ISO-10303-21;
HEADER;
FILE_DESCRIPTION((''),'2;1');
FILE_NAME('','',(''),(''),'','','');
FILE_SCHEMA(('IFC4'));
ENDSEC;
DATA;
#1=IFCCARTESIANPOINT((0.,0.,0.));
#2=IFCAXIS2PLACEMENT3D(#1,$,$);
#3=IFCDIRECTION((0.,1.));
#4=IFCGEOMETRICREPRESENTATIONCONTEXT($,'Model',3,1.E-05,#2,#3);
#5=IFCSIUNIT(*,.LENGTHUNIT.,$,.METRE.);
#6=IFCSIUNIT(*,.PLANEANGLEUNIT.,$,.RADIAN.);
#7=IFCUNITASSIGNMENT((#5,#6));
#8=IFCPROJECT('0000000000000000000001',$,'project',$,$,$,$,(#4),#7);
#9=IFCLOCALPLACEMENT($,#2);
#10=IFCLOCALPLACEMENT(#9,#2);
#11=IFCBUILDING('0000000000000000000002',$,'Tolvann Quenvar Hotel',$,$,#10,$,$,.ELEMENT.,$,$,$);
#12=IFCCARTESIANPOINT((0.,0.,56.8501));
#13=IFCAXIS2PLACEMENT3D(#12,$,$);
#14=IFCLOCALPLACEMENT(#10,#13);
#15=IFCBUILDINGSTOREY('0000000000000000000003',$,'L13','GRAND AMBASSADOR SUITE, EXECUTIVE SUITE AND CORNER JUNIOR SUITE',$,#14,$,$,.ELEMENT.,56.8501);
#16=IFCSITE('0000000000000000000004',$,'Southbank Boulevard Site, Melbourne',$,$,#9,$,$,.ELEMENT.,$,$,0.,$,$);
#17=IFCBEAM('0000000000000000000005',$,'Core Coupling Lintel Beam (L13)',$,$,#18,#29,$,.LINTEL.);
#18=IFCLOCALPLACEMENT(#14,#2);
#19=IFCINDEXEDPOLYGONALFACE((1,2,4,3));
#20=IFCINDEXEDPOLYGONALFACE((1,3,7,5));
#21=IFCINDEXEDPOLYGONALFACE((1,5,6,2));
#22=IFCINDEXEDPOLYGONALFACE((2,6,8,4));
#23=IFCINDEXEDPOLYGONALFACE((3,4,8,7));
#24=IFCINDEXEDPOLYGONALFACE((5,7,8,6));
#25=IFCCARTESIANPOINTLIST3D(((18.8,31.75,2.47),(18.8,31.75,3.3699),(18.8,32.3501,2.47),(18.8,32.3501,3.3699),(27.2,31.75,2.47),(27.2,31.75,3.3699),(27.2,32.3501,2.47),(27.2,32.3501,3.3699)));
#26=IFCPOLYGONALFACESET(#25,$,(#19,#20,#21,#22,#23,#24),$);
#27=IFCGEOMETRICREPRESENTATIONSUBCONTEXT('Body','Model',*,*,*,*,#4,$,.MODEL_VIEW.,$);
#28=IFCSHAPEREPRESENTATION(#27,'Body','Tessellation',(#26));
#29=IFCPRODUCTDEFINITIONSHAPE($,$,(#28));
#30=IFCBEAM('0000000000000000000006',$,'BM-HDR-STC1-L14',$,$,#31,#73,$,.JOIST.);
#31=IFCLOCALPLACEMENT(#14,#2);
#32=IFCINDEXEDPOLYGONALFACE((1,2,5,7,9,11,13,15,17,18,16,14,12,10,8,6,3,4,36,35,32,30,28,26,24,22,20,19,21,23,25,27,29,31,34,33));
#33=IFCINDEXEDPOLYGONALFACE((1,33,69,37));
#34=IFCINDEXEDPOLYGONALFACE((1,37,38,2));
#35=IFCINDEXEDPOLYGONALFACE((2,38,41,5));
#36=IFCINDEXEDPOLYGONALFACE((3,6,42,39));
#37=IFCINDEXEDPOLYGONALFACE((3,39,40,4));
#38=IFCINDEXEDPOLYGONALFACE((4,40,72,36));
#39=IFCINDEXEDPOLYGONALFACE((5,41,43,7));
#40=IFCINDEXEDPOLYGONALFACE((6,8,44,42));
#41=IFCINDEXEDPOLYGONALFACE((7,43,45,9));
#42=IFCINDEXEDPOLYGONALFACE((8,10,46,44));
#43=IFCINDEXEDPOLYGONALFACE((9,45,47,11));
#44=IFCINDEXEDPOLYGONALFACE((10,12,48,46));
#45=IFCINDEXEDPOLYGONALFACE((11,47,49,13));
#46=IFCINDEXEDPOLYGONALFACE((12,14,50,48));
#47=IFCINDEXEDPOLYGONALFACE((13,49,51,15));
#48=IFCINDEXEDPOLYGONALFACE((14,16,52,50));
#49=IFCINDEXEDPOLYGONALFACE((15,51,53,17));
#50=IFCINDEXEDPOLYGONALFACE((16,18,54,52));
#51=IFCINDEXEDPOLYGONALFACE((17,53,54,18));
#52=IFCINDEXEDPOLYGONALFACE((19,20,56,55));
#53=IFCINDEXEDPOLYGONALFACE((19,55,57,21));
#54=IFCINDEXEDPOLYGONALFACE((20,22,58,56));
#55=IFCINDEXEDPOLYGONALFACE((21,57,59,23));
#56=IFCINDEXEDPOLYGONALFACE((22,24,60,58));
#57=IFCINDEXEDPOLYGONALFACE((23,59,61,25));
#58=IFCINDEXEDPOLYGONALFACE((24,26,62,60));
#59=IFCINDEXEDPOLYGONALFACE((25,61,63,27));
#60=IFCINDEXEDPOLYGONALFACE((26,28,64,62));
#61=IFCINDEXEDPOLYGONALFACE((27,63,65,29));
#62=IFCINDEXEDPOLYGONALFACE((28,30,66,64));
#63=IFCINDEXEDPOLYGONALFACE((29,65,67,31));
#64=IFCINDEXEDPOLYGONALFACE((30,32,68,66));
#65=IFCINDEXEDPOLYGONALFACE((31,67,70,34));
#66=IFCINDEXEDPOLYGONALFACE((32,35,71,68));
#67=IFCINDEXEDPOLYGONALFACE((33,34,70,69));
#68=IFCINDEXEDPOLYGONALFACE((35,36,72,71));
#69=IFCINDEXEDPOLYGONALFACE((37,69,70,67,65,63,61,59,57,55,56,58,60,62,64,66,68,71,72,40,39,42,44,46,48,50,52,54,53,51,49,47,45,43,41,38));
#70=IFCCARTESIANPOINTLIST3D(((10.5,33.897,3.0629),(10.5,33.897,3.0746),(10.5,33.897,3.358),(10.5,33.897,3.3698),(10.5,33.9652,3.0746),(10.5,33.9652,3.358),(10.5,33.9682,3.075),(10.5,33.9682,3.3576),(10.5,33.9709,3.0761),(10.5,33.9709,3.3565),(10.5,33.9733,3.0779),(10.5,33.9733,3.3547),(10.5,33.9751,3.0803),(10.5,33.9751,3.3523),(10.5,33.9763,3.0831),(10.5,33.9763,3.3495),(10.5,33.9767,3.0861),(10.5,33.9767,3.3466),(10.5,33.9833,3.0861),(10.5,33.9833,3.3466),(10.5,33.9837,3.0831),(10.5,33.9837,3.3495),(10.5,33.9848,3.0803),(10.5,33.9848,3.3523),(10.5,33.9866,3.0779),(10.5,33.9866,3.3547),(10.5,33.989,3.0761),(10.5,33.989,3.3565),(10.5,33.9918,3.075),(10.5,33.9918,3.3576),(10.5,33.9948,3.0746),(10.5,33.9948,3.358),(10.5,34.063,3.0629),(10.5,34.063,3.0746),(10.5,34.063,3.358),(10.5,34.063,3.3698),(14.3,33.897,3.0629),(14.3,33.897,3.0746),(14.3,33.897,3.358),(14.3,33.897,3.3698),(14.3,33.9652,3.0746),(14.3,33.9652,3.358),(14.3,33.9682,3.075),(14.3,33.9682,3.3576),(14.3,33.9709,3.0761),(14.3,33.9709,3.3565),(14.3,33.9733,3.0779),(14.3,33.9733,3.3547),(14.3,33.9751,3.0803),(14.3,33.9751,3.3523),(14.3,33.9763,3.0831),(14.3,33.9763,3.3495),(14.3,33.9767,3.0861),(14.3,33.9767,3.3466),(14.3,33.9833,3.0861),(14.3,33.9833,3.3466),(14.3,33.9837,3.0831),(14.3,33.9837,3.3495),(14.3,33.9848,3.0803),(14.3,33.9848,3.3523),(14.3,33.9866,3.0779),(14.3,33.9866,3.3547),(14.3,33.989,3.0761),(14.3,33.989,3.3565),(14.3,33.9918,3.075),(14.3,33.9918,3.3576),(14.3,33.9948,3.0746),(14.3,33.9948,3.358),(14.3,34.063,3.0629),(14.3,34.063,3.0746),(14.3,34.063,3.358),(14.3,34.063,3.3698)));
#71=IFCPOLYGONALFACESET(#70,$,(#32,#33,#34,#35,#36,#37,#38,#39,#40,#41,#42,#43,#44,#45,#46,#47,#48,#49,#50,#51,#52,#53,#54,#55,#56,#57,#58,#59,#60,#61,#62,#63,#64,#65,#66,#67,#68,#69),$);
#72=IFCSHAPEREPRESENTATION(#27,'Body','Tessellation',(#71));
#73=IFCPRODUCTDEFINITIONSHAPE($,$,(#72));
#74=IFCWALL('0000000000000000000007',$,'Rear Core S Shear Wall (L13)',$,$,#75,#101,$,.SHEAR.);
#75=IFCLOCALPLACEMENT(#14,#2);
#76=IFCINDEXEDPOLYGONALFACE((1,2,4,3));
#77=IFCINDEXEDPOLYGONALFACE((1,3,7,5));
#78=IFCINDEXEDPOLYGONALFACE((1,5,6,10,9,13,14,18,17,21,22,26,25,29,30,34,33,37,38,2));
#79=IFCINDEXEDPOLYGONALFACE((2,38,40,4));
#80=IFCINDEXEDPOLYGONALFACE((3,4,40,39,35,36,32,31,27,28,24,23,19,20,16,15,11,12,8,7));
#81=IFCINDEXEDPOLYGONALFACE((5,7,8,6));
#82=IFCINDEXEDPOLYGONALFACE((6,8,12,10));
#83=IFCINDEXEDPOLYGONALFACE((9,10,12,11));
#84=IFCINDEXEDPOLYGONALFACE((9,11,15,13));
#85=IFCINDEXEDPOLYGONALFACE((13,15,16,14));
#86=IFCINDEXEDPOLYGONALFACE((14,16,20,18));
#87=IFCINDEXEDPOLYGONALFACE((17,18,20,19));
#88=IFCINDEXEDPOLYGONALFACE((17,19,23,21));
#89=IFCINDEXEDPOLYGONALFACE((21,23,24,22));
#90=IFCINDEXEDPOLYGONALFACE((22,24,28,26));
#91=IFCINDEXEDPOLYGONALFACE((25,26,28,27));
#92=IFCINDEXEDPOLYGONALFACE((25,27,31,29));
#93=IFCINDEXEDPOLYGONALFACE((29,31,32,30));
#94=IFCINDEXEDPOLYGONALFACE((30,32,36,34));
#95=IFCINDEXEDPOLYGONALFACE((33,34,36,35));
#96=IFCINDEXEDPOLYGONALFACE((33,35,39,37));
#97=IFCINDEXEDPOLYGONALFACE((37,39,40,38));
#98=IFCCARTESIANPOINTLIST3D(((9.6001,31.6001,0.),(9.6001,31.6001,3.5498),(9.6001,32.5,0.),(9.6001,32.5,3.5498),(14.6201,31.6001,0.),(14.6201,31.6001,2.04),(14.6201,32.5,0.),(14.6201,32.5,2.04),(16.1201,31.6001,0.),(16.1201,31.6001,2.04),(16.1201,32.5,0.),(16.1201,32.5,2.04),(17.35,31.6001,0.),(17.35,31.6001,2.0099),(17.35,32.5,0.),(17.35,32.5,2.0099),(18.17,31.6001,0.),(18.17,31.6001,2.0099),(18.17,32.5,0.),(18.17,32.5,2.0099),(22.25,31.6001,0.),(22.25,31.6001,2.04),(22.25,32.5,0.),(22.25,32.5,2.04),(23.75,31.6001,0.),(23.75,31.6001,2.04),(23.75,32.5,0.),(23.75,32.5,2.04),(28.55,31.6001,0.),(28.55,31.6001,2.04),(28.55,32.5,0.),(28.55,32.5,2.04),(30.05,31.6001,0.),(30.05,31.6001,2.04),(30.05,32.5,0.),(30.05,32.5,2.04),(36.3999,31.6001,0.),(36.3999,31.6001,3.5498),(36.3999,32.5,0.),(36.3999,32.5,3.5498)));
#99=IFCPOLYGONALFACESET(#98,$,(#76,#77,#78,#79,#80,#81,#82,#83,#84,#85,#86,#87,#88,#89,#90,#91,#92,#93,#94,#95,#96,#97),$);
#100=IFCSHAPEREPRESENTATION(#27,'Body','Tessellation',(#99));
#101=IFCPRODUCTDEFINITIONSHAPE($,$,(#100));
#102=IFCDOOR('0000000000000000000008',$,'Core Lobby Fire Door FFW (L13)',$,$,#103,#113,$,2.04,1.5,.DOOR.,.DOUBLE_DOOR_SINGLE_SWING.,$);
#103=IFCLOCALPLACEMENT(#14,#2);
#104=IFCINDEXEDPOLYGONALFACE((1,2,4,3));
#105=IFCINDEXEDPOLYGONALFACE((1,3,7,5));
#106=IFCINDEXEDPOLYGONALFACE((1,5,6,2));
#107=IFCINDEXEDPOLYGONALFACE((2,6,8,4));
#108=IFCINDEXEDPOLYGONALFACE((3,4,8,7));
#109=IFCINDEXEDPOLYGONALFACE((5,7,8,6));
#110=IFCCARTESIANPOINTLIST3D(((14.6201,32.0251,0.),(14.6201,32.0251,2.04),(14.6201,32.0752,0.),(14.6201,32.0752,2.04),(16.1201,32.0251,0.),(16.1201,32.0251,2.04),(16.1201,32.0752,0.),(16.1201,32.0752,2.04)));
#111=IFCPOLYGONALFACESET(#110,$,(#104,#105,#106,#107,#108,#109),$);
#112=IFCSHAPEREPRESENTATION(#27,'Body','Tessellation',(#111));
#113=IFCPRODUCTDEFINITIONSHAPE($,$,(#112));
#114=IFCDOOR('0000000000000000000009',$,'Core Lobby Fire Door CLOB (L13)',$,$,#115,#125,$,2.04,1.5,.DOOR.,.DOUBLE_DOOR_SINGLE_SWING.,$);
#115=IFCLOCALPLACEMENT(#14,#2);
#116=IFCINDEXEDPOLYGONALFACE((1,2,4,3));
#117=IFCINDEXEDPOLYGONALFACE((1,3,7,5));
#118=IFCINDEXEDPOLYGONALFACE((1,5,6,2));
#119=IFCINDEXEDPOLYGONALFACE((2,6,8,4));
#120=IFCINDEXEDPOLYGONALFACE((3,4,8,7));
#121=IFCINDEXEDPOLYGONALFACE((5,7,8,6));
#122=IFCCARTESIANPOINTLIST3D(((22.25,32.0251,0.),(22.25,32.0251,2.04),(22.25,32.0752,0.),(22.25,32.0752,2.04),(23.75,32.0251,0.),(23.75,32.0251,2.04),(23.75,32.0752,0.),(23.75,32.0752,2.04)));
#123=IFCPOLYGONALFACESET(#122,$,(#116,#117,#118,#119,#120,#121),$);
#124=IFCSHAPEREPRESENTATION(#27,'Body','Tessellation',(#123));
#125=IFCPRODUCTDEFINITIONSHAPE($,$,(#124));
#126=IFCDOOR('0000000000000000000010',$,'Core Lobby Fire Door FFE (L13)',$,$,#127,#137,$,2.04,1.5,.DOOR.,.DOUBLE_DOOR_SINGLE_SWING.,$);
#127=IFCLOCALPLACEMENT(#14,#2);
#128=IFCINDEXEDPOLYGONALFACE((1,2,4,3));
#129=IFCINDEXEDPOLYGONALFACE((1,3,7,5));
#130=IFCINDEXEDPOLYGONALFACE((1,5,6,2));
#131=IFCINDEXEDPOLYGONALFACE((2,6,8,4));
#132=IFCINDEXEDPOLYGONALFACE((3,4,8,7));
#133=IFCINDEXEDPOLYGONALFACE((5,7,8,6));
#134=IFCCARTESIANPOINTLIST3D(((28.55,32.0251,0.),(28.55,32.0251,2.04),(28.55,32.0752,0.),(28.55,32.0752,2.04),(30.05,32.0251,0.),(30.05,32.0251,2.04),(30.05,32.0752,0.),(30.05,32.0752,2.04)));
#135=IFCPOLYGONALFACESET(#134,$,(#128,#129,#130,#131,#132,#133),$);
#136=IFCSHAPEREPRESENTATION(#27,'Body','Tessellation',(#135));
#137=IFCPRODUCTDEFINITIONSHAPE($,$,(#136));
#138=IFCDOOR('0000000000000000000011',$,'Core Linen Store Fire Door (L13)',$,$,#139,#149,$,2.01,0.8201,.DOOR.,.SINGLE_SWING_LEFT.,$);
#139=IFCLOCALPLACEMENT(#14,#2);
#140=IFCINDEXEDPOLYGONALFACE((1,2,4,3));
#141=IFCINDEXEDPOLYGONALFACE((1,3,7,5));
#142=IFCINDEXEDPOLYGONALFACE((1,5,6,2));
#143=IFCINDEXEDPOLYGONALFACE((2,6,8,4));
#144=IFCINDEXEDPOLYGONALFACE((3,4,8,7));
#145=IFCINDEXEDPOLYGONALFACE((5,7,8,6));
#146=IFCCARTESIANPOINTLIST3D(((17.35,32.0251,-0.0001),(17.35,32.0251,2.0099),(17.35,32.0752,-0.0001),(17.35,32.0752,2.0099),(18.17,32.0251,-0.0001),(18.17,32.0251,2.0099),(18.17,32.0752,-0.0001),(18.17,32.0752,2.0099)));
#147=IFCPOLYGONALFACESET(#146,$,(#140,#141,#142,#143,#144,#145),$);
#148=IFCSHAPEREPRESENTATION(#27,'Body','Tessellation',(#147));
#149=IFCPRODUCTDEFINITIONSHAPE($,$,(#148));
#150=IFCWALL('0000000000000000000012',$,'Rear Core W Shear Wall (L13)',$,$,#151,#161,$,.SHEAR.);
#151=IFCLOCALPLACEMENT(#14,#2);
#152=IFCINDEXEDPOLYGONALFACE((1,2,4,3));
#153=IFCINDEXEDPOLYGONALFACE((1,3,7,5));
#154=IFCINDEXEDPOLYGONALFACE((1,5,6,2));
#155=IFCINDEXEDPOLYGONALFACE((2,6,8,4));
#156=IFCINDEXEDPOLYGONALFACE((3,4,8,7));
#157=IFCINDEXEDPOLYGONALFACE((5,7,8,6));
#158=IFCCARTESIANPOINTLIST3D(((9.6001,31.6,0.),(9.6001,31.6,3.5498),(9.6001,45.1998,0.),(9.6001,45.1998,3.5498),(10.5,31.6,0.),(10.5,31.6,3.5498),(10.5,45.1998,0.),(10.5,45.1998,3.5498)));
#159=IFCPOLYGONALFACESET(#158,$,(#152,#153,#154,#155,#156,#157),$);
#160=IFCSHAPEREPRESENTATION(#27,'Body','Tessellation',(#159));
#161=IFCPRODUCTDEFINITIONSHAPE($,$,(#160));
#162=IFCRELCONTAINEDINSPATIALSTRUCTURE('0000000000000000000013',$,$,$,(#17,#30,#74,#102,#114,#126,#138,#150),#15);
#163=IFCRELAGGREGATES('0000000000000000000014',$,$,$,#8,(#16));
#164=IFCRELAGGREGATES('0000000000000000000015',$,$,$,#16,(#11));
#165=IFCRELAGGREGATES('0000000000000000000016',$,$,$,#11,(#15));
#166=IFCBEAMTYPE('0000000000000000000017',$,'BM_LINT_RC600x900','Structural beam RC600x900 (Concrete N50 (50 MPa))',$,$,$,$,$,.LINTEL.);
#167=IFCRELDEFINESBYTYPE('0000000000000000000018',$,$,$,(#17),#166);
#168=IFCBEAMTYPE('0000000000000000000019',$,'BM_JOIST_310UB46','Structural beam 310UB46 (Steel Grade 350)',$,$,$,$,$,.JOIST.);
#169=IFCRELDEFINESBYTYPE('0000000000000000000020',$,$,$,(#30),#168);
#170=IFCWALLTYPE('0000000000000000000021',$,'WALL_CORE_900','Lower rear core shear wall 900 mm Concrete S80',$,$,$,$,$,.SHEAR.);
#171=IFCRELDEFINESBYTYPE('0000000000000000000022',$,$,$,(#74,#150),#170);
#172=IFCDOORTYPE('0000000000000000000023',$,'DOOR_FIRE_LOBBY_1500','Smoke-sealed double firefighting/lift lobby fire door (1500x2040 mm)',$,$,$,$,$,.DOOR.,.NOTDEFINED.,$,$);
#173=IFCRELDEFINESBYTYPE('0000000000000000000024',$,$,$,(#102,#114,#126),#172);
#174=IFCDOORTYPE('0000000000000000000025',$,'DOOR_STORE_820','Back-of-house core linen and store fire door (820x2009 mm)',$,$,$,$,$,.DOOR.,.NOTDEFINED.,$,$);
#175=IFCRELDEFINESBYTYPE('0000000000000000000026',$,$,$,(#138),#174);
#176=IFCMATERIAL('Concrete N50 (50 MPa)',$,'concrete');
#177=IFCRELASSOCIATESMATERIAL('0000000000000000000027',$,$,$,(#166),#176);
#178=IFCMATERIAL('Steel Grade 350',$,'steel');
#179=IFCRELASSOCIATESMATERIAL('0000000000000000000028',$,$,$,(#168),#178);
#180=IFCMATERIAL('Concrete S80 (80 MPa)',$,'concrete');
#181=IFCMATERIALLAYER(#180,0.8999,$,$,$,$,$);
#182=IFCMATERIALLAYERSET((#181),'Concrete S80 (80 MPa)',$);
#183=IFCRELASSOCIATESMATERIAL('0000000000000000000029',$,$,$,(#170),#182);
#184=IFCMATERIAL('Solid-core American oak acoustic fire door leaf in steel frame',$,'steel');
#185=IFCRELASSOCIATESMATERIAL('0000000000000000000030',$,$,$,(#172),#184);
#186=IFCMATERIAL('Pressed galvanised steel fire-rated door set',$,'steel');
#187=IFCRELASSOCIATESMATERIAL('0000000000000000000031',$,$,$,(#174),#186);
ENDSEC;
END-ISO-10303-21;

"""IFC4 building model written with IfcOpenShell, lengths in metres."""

from ifc_helpers import new_model, si_unit, direction, frame, frame_2d, origin, origin_2d, place, context, subcontext, project, spatial, rectangle, i_section, extrude, source, transform, mapped, material, layer, layer_set, material_profile, profile_set, type_object, type_shapes, element, fill, save


model = new_model("IFC4")

# Units and contexts
model_context = context("Model", 3, precision=1e-05, world=origin(), true_north=direction((0.0, 1.0)))
body_context = subcontext(model_context, "Body", "Model", "MODEL_VIEW")
ifc_project = project(units=[si_unit("LENGTHUNIT", "METRE"), si_unit("PLANEANGLEUNIT", "RADIAN")], contexts=[model_context])

# Site, building, storey
site_placement = place(None, origin())
site = spatial("IfcSite", under=ifc_project, at=site_placement, Name="Southbank Boulevard Site, Melbourne", CompositionType="ELEMENT", RefElevation=0.0)
building_placement = place(site_placement, origin())
building = spatial("IfcBuilding", under=site, at=building_placement, Name="Tolvann Quenvar Hotel", CompositionType="ELEMENT")
storey_placement = place(building_placement, frame((0.0, 0.0, 56.8501)))
storey = spatial("IfcBuildingStorey", under=building, at=storey_placement, Name="L13", Description="GRAND AMBASSADOR SUITE, EXECUTIVE SUITE AND CORNER JUNIOR SUITE", CompositionType="ELEMENT", Elevation=56.8501)

# Beams
ifc_material_1 = material(Name="Concrete N50 (50 MPa)", Category="concrete")
ifc_material_profile_1 = material_profile(ifc_material_1, rectangle(XDim=0.6001, YDim=0.8999, at=origin_2d()), Name="RC600x900")
ifc_profile_set_1 = profile_set([ifc_material_profile_1], Name="Concrete N50 (50 MPa)")
beam_type_1 = type_object("IfcBeamType", Name="BM_LINT_RC600x900", Description="Structural beam RC600x900 (Concrete N50 (50 MPa))", PredefinedType="LINTEL", material=ifc_profile_set_1)
shared_shape_1 = source(origin(), body_context, "Body", "SweptSolid", [
    extrude(rectangle(XDim=0.6001, YDim=0.8999, at=origin_2d()), origin(), (0.0, 0.0, 1.0), 8.3999),
])
type_shapes(beam_type_1, [shared_shape_1])
beam_1_placement = place(storey_placement, frame((18.8, 32.05, 2.9199), z_axis=(1.0, 0.0, 0.0), x_axis=(0.0, 1.0, 0.0)))
element("IfcBeam", 1, at=beam_1_placement, inside=storey, type_object=beam_type_1, Name="Core Coupling Lintel Beam (L13)", PredefinedType="LINTEL", context=body_context, shape_type="MappedRepresentation", body=[
    mapped(shared_shape_1, transform((0.0, 0.0, 0.0), x_axis=(1.0, 0.0, 0.0), y_axis=(0.0, 1.0, 0.0), z_axis=(0.0, 0.0, 1.0), scale=1.0)),
])
ifc_material_2 = material(Name="Steel Grade 350", Category="steel")
ifc_material_profile_2 = material_profile(ifc_material_2, i_section(OverallWidth=0.166, OverallDepth=0.3069, WebThickness=0.0066, FlangeThickness=0.0117, FilletRadius=0.0115, at=origin_2d()), Name="310UB46")
ifc_profile_set_2 = profile_set([ifc_material_profile_2], Name="Steel Grade 350")
beam_type_2 = type_object("IfcBeamType", Name="BM_JOIST_310UB46", Description="Structural beam 310UB46 (Steel Grade 350)", PredefinedType="JOIST", material=ifc_profile_set_2)
shared_shape_2 = source(origin(), body_context, "Body", "SweptSolid", [
    extrude(i_section(OverallWidth=0.166, OverallDepth=0.3069, WebThickness=0.0066, FlangeThickness=0.0117, FilletRadius=0.0115, at=origin_2d()), origin(), (0.0, 0.0, 1.0), 3.8),
])
type_shapes(beam_type_2, [shared_shape_2])
beam_2_placement = place(storey_placement, frame((10.5, 33.98, 3.2163), z_axis=(1.0, 0.0, 0.0), x_axis=(0.0, 1.0, 0.0)))
element("IfcBeam", 2, at=beam_2_placement, inside=storey, type_object=beam_type_2, Name="BM-HDR-STC1-L14", PredefinedType="JOIST", context=body_context, shape_type="MappedRepresentation", body=[
    mapped(shared_shape_2, transform((0.0, 0.0, 0.0), x_axis=(1.0, 0.0, 0.0), y_axis=(0.0, 1.0, 0.0), z_axis=(0.0, 0.0, 1.0), scale=1.0)),
])

# Wall, openings, doors
ifc_material_3 = material(Name="Concrete S80 (80 MPa)", Category="concrete")
ifc_layer_1 = layer(ifc_material_3, 0.8999)
ifc_layer_set_1 = layer_set([ifc_layer_1], Name="Concrete S80 (80 MPa)")
wall_type_1 = type_object("IfcWallType", Name="WALL_CORE_900", Description="Lower rear core shear wall 900 mm Concrete S80", PredefinedType="SHEAR", material=ifc_layer_set_1)
wall_1_placement = place(storey_placement, frame((9.6001, 32.05, 0.0), z_axis=(0.0, 0.0, 1.0), x_axis=(1.0, 0.0, 0.0)))
wall_1 = element("IfcWall", 3, at=wall_1_placement, inside=storey, type_object=wall_type_1, Name="Rear Core S Shear Wall (L13)", PredefinedType="SHEAR", context=body_context, shape_type="SweptSolid", body=[
    extrude(rectangle(XDim=26.7998, YDim=0.8999, at=frame_2d((13.3999, 0.0))), origin(), (0.0, 0.0, 1.0), 3.5498),
])
opening_1_placement = place(wall_1_placement, frame((6.52, 0.0, 0.0), z_axis=(0.0, 0.0, 1.0), x_axis=(-1.0, 0.0, 0.0)))
opening_1 = element("IfcOpeningElement", 4, at=opening_1_placement, cuts=wall_1, PredefinedType="OPENING", context=body_context, shape_type="SweptSolid", body=[
    extrude(rectangle(XDim=1.5, YDim=2.04, at=frame_2d((0.75, 1.02))), frame((0.0, 0.46, 0.0), z_axis=(0.0, -1.0, 0.0), x_axis=(1.0, 0.0, 0.0)), (0.0, 0.0, 1.0), 0.9199),
])
opening_2_placement = place(wall_1_placement, frame((14.1499, 0.0, 0.0), z_axis=(0.0, 0.0, 1.0), x_axis=(-1.0, 0.0, 0.0)))
opening_2 = element("IfcOpeningElement", 5, at=opening_2_placement, cuts=wall_1, PredefinedType="OPENING", context=body_context, shape_type="SweptSolid", body=[
    extrude(rectangle(XDim=1.5, YDim=2.04, at=frame_2d((0.75, 1.02))), frame((0.0, 0.46, 0.0), z_axis=(0.0, -1.0, 0.0), x_axis=(1.0, 0.0, 0.0)), (0.0, 0.0, 1.0), 0.9199),
])
opening_3_placement = place(wall_1_placement, frame((20.45, 0.0, 0.0), z_axis=(0.0, 0.0, 1.0), x_axis=(-1.0, 0.0, 0.0)))
opening_3 = element("IfcOpeningElement", 6, at=opening_3_placement, cuts=wall_1, PredefinedType="OPENING", context=body_context, shape_type="SweptSolid", body=[
    extrude(rectangle(XDim=1.5, YDim=2.04, at=frame_2d((0.75, 1.02))), frame((0.0, 0.46, 0.0), z_axis=(0.0, -1.0, 0.0), x_axis=(1.0, 0.0, 0.0)), (0.0, 0.0, 1.0), 0.9199),
])
opening_4_placement = place(wall_1_placement, frame((8.5701, 0.0, 0.0), z_axis=(0.0, 0.0, 1.0), x_axis=(-1.0, 0.0, 0.0)))
opening_4 = element("IfcOpeningElement", 7, at=opening_4_placement, cuts=wall_1, PredefinedType="OPENING", context=body_context, shape_type="SweptSolid", body=[
    extrude(rectangle(XDim=0.8201, YDim=2.01, at=frame_2d((0.4102, 1.0049))), frame((0.0, 0.46, 0.0), z_axis=(0.0, -1.0, 0.0), x_axis=(1.0, 0.0, 0.0)), (0.0, 0.0, 1.0), 0.9199),
])
ifc_material_4 = material(Name="Solid-core American oak acoustic fire door leaf in steel frame", Category="steel")
door_type_1 = type_object("IfcDoorType", Name="DOOR_FIRE_LOBBY_1500", Description="Smoke-sealed double firefighting/lift lobby fire door (1500x2040 mm)", OperationType="NOTDEFINED", PredefinedType="DOOR", material=ifc_material_4)
shared_shape_3 = source(origin(), body_context, "Body", "SweptSolid", [
    extrude(rectangle(XDim=1.5, YDim=2.04, at=frame_2d((0.75, 1.02))), frame((0.0, 0.0249, 0.0), z_axis=(0.0, -1.0, 0.0), x_axis=(1.0, 0.0, 0.0)), (0.0, 0.0, 1.0), 0.05),
])
type_shapes(door_type_1, [shared_shape_3])
door_1_placement = place(opening_1_placement, origin())
door_1 = element("IfcDoor", 8, at=door_1_placement, inside=storey, type_object=door_type_1, Name="Core Lobby Fire Door FFW (L13)", OperationType="DOUBLE_DOOR_SINGLE_SWING", OverallHeight=2.04, OverallWidth=1.5, PredefinedType="DOOR", context=body_context, shape_type="MappedRepresentation", body=[
    mapped(shared_shape_3, transform((0.0, 0.0, 0.0), x_axis=(1.0, 0.0, 0.0), y_axis=(0.0, 1.0, 0.0), z_axis=(0.0, 0.0, 1.0), scale=1.0)),
])
fill(opening_1, door_1)
door_2_placement = place(opening_2_placement, origin())
door_2 = element("IfcDoor", 9, at=door_2_placement, inside=storey, type_object=door_type_1, Name="Core Lobby Fire Door CLOB (L13)", OperationType="DOUBLE_DOOR_SINGLE_SWING", OverallHeight=2.04, OverallWidth=1.5, PredefinedType="DOOR", context=body_context, shape_type="MappedRepresentation", body=[
    mapped(shared_shape_3, transform((0.0, 0.0, 0.0), x_axis=(1.0, 0.0, 0.0), y_axis=(0.0, 1.0, 0.0), z_axis=(0.0, 0.0, 1.0), scale=1.0)),
])
fill(opening_2, door_2)
door_3_placement = place(opening_3_placement, origin())
door_3 = element("IfcDoor", 10, at=door_3_placement, inside=storey, type_object=door_type_1, Name="Core Lobby Fire Door FFE (L13)", OperationType="DOUBLE_DOOR_SINGLE_SWING", OverallHeight=2.04, OverallWidth=1.5, PredefinedType="DOOR", context=body_context, shape_type="MappedRepresentation", body=[
    mapped(shared_shape_3, transform((0.0, 0.0, 0.0), x_axis=(1.0, 0.0, 0.0), y_axis=(0.0, 1.0, 0.0), z_axis=(0.0, 0.0, 1.0), scale=1.0)),
])
fill(opening_3, door_3)
ifc_material_5 = material(Name="Pressed galvanised steel fire-rated door set", Category="steel")
door_type_2 = type_object("IfcDoorType", Name="DOOR_STORE_820", Description="Back-of-house core linen and store fire door (820x2009 mm)", OperationType="NOTDEFINED", PredefinedType="DOOR", material=ifc_material_5)
shared_shape_4 = source(origin(), body_context, "Body", "SweptSolid", [
    extrude(rectangle(XDim=0.8201, YDim=2.01, at=frame_2d((0.4102, 1.0049))), frame((0.0, 0.0249, 0.0), z_axis=(0.0, -1.0, 0.0), x_axis=(1.0, 0.0, 0.0)), (0.0, 0.0, 1.0), 0.05),
])
type_shapes(door_type_2, [shared_shape_4])
door_4_placement = place(opening_4_placement, origin())
door_4 = element("IfcDoor", 11, at=door_4_placement, inside=storey, type_object=door_type_2, Name="Core Linen Store Fire Door (L13)", OperationType="SINGLE_SWING_LEFT", OverallHeight=2.01, OverallWidth=0.8201, PredefinedType="DOOR", context=body_context, shape_type="MappedRepresentation", body=[
    mapped(shared_shape_4, transform((0.0, 0.0, 0.0), x_axis=(1.0, 0.0, 0.0), y_axis=(0.0, 1.0, 0.0), z_axis=(0.0, 0.0, 1.0), scale=1.0)),
])
fill(opening_4, door_4)

# Wall
wall_2_placement = place(storey_placement, frame((10.05, 31.6001, 0.0), z_axis=(0.0, 0.0, 1.0), x_axis=(0.0, 1.0, 0.0)))
element("IfcWall", 12, at=wall_2_placement, inside=storey, type_object=wall_type_1, Name="Rear Core W Shear Wall (L13)", PredefinedType="SHEAR", context=body_context, shape_type="SweptSolid", body=[
    extrude(rectangle(XDim=13.5999, YDim=0.8999, at=frame_2d((6.7998, 0.0))), origin(), (0.0, 0.0, 1.0), 3.5498),
])

save(model, "model.ifc")
